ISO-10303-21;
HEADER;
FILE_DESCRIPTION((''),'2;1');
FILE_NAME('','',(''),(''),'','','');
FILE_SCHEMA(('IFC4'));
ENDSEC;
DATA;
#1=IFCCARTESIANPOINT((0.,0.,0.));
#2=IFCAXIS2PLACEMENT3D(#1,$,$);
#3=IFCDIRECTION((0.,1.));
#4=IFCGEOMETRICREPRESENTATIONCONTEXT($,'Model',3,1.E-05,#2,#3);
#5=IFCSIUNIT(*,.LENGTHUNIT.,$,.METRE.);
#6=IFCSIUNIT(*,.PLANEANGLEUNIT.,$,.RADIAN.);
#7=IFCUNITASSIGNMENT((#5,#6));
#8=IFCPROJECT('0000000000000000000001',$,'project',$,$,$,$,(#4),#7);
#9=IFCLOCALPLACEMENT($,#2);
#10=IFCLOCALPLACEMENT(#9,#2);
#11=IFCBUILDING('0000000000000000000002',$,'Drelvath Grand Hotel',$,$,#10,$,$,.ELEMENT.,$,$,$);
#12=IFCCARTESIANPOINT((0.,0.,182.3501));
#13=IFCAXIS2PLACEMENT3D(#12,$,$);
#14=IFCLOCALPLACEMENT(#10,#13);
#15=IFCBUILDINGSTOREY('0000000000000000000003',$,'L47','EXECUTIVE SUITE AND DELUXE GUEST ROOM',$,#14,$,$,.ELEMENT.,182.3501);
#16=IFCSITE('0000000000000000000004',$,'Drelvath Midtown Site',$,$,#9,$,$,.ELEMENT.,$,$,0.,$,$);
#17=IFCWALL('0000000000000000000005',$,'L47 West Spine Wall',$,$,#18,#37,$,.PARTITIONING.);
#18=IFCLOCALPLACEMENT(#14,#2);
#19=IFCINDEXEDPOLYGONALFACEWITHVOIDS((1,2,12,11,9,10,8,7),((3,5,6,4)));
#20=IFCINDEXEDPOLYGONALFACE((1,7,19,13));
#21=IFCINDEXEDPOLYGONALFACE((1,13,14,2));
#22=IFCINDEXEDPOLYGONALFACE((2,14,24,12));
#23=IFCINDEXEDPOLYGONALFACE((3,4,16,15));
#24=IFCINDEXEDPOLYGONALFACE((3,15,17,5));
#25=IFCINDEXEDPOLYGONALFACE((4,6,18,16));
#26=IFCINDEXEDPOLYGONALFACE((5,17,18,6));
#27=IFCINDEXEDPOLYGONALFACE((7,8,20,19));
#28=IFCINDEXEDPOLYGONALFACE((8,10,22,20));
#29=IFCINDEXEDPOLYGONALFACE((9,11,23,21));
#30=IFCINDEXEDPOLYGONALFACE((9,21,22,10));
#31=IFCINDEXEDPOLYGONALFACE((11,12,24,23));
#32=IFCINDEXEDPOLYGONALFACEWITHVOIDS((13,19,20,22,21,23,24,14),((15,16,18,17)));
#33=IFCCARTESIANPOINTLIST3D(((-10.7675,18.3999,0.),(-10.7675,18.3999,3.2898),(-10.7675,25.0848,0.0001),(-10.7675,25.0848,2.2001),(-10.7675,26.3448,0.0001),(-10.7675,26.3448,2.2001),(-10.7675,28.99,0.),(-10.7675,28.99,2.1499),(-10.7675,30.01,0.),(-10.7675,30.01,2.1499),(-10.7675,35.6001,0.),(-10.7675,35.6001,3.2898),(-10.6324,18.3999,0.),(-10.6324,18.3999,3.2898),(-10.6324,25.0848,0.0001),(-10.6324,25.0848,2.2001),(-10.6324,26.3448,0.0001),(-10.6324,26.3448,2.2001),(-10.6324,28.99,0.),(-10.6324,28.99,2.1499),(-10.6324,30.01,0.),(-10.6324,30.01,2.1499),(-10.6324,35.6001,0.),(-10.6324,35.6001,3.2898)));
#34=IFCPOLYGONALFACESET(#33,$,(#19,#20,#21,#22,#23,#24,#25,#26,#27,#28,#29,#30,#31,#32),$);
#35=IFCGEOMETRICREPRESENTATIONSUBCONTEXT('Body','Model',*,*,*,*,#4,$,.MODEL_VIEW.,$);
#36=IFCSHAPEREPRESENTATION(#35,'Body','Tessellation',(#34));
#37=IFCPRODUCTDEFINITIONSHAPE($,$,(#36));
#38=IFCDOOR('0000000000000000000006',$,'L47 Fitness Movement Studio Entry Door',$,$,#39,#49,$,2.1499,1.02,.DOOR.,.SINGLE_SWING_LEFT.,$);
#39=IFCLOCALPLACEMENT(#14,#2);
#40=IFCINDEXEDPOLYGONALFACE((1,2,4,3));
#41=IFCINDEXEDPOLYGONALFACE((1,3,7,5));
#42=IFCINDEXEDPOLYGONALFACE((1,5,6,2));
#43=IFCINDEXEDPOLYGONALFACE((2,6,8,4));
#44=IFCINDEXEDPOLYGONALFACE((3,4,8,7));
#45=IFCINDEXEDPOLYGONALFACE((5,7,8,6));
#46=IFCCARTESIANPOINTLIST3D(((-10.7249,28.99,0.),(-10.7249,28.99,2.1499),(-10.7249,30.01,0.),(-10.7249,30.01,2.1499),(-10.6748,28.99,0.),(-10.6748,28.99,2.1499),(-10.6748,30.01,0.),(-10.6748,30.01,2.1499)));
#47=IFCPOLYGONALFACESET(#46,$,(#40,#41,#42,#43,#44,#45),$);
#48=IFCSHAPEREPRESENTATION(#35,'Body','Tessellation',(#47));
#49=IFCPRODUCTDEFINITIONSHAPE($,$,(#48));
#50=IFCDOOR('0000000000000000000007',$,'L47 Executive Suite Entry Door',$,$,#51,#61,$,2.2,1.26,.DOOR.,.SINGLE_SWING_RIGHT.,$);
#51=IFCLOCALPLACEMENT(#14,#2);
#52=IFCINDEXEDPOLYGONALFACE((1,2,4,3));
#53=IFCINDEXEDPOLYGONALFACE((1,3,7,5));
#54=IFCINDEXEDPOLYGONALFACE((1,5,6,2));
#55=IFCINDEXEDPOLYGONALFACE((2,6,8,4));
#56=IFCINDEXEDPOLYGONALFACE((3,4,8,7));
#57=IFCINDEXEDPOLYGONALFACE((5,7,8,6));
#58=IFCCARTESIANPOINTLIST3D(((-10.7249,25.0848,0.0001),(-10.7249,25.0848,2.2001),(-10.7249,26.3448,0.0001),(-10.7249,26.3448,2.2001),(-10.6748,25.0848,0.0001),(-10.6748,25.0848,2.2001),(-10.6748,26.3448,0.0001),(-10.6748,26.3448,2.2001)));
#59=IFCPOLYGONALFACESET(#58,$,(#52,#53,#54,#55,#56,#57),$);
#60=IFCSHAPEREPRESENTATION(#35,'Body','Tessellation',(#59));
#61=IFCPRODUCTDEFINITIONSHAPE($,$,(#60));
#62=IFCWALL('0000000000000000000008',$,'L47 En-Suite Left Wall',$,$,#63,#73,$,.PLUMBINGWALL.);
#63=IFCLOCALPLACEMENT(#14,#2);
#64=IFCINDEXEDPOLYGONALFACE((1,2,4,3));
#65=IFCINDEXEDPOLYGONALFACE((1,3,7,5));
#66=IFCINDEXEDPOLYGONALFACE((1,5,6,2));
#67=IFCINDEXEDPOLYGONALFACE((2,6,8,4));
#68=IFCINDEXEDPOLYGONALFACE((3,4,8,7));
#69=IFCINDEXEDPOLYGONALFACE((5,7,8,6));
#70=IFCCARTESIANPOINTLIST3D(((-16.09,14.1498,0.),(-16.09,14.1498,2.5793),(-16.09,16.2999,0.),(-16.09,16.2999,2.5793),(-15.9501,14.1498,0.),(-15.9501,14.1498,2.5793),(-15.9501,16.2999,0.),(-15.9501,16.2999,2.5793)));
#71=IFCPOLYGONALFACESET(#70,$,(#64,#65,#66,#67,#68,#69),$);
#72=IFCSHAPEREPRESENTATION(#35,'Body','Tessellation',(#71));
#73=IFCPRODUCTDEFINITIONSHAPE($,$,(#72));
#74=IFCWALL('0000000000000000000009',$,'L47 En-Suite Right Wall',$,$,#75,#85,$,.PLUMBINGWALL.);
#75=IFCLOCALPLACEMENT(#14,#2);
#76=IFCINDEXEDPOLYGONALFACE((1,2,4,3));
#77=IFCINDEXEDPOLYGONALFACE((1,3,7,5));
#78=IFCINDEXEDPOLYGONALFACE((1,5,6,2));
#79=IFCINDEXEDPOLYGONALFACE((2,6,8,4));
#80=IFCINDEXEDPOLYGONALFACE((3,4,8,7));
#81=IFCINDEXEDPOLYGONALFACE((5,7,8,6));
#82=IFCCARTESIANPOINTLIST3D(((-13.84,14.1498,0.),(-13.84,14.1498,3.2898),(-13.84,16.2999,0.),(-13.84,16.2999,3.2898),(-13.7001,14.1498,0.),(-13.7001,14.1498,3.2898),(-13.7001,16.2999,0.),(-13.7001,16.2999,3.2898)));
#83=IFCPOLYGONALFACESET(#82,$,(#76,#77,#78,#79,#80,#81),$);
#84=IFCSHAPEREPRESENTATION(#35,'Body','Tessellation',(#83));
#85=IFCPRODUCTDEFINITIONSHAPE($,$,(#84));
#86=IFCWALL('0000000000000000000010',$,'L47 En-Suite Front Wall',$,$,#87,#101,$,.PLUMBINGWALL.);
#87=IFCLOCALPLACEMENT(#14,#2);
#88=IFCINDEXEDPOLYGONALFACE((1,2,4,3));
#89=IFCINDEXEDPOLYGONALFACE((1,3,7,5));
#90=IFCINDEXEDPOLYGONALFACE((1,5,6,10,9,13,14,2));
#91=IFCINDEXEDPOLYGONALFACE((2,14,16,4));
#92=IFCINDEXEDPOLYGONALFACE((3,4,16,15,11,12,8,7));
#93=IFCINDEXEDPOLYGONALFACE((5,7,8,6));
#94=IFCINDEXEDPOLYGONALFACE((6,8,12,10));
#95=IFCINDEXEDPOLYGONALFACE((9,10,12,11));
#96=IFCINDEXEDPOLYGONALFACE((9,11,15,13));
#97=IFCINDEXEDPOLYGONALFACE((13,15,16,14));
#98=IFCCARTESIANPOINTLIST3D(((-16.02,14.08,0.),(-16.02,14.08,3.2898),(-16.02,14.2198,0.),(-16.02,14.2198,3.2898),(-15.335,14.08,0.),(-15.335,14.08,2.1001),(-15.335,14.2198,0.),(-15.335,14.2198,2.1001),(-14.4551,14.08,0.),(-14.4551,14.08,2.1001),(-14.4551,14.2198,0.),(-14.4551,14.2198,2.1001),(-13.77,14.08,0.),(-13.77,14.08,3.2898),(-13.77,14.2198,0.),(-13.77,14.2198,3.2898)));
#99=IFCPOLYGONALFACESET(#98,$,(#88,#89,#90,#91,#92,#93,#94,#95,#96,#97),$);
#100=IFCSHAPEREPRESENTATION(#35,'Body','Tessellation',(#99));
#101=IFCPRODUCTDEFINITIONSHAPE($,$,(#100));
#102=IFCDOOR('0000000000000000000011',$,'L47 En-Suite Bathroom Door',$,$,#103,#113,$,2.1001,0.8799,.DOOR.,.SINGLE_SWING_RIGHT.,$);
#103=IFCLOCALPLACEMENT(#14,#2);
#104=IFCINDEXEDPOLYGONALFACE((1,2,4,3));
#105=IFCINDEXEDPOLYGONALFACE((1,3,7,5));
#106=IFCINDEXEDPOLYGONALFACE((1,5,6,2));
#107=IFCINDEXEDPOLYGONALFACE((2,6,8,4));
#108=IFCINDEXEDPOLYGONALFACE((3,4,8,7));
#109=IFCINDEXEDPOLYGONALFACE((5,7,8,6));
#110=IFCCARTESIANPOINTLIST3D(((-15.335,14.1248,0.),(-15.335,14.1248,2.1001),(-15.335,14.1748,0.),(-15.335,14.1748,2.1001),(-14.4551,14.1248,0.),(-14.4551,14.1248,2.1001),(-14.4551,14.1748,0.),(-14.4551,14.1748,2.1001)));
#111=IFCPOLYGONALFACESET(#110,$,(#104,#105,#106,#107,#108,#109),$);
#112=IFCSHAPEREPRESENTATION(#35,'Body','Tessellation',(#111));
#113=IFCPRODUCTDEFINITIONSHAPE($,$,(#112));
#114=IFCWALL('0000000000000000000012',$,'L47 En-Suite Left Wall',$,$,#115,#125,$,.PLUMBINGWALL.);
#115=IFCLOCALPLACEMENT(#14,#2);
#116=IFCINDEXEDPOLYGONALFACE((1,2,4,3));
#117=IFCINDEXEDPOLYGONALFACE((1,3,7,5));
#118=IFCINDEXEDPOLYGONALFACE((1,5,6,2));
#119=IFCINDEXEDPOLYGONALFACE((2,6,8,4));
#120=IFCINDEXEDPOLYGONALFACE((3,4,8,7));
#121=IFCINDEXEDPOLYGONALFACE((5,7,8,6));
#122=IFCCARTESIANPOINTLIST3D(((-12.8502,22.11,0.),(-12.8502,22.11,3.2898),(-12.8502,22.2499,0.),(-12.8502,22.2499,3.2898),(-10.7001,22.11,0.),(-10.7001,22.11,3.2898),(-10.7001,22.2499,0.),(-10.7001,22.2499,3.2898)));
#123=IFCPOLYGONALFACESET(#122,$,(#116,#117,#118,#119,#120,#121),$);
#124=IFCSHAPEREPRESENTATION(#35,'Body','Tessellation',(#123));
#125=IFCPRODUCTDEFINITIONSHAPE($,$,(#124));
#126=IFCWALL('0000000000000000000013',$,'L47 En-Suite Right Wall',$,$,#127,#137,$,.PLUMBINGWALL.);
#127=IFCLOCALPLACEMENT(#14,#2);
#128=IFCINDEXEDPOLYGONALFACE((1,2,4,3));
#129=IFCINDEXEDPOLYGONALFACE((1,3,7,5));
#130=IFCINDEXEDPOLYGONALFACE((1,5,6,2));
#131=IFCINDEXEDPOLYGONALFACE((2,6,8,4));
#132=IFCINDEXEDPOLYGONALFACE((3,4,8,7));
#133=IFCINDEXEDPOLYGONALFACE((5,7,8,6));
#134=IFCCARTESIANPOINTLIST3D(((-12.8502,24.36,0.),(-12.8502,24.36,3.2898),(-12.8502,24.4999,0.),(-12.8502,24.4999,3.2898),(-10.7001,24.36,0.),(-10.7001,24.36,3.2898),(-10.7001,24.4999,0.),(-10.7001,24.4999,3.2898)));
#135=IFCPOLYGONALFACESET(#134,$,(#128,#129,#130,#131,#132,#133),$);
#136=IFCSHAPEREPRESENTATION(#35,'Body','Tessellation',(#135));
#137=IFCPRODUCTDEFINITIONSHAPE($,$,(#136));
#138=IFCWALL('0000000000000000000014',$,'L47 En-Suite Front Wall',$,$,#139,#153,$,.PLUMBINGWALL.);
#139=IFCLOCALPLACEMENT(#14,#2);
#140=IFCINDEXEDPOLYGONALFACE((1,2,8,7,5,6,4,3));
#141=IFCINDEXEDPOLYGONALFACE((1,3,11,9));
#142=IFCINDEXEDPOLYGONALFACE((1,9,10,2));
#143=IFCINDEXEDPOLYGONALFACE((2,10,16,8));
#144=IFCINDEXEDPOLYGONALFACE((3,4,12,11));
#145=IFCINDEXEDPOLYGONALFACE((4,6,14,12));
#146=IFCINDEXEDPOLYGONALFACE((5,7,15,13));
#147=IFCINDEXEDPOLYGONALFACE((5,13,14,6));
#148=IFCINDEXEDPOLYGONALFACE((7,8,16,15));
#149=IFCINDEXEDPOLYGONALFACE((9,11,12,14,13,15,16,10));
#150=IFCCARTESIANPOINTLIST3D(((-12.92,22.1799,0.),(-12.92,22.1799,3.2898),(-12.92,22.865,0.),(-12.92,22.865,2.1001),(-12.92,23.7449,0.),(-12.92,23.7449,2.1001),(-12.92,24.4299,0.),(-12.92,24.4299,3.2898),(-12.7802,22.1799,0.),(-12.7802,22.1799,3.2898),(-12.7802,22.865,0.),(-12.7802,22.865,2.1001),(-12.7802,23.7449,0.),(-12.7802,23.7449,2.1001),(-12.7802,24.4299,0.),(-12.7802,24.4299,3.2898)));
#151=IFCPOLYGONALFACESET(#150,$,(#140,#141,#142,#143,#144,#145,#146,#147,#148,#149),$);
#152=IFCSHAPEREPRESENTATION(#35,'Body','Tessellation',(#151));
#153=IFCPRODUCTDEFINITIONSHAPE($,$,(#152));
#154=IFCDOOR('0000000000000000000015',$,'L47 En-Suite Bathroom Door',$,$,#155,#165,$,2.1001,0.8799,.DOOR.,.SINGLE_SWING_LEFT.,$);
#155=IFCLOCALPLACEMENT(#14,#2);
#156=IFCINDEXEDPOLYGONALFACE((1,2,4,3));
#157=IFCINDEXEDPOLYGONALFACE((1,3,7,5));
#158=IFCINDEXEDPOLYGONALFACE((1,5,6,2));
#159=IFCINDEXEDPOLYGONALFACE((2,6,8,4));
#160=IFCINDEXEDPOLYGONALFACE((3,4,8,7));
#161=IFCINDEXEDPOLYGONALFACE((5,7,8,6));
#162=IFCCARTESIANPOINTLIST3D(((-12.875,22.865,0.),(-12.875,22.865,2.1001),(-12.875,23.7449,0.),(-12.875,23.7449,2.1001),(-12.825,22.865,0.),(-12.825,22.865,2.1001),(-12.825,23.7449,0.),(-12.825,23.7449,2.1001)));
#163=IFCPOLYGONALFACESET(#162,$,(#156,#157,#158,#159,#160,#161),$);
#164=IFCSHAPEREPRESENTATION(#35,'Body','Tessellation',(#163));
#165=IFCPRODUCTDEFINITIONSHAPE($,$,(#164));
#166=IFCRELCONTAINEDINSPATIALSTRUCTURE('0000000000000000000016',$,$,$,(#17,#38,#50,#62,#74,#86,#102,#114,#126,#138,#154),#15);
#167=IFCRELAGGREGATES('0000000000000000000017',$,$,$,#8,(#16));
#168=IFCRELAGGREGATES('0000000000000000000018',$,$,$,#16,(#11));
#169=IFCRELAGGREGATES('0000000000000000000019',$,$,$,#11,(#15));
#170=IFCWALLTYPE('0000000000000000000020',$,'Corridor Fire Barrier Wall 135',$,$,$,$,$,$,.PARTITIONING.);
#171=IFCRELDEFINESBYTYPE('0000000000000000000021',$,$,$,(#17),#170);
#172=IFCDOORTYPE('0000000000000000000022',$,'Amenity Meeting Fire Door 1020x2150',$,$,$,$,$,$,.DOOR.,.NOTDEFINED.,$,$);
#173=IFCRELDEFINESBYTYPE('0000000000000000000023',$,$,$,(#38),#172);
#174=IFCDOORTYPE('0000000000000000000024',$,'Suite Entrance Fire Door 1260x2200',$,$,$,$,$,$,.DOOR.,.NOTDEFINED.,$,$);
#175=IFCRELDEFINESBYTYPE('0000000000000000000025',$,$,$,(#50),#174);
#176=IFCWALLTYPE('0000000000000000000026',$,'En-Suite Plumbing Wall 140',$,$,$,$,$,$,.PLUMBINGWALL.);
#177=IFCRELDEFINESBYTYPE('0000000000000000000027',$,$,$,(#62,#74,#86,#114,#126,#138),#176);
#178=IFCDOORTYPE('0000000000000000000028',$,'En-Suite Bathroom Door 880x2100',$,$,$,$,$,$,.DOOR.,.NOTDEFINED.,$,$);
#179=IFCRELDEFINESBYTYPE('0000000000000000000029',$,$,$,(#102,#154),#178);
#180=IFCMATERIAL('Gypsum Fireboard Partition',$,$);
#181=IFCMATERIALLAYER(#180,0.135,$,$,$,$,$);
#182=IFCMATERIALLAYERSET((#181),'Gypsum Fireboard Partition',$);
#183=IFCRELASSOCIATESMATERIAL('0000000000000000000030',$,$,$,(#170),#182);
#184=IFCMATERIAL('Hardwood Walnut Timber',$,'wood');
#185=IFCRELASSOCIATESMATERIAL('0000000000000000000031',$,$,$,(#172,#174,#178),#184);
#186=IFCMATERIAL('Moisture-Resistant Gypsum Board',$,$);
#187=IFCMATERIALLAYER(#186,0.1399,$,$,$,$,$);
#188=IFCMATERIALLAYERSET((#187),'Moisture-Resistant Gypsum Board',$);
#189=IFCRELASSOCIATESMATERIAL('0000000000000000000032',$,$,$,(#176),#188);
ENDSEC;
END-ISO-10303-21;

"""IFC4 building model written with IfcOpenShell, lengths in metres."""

from ifc_helpers import new_model, si_unit, direction, frame, frame_2d, origin, place, context, subcontext, project, spatial, rectangle, extrude, material, layer, layer_set, type_object, element, fill, save


model = new_model("IFC4")

# Units and contexts
model_context = context("Model", 3, precision=1e-05, world=origin(), true_north=direction((0.0, 1.0)))
body_context = subcontext(model_context, "Body", "Model", "MODEL_VIEW")
ifc_project = project(units=[si_unit("LENGTHUNIT", "METRE"), si_unit("PLANEANGLEUNIT", "RADIAN")], contexts=[model_context])

# Site, building, storey
site_placement = place(None, origin())
site = spatial("IfcSite", under=ifc_project, at=site_placement, Name="Drelvath Midtown Site", CompositionType="ELEMENT", RefElevation=0.0)
building_placement = place(site_placement, origin())
building = spatial("IfcBuilding", under=site, at=building_placement, Name="Drelvath Grand Hotel", CompositionType="ELEMENT")
storey_placement = place(building_placement, frame((0.0, 0.0, 182.3501)))
storey = spatial("IfcBuildingStorey", under=building, at=storey_placement, Name="L47", Description="EXECUTIVE SUITE AND DELUXE GUEST ROOM", CompositionType="ELEMENT", Elevation=182.3501)

# Shared definitions
ifc_material_1 = material(Name="Gypsum Fireboard Partition")
ifc_layer_1 = layer(ifc_material_1, 0.135)
ifc_layer_set_1 = layer_set([ifc_layer_1], Name="Gypsum Fireboard Partition")
wall_type_1 = type_object("IfcWallType", Name="Corridor Fire Barrier Wall 135", PredefinedType="PARTITIONING", material=ifc_layer_set_1)

# Wall, openings, doors
wall_1_placement = place(storey_placement, frame((-10.7, 18.3999, 0.0), z_axis=(0.0, 0.0, 1.0), x_axis=(0.0, 1.0, 0.0)))
wall_1 = element("IfcWall", 1, at=wall_1_placement, inside=storey, type_object=wall_type_1, Name="L47 West Spine Wall", PredefinedType="PARTITIONING", context=body_context, shape_type="SweptSolid", body=[
    extrude(rectangle(XDim=17.2002, YDim=0.135, at=frame_2d((8.6001, 0.0))), origin(), (0.0, 0.0, 1.0), 3.2898),
])
opening_1_placement = place(wall_1_placement, frame((6.6851, 0.0, 0.0)))
opening_1 = element("IfcOpeningElement", 2, at=opening_1_placement, cuts=wall_1, PredefinedType="OPENING", context=body_context, shape_type="SweptSolid", body=[
    extrude(rectangle(XDim=1.26, YDim=2.2, at=frame_2d((0.6299, 1.1001))), frame((0.0, 0.0774, 0.0), z_axis=(0.0, -1.0, 0.0), x_axis=(1.0, 0.0, 0.0)), (0.0, 0.0, 1.0), 0.155),
])
opening_2_placement = place(wall_1_placement, frame((10.5901, 0.0, 0.0)))
opening_2 = element("IfcOpeningElement", 3, at=opening_2_placement, cuts=wall_1, PredefinedType="OPENING", context=body_context, shape_type="SweptSolid", body=[
    extrude(rectangle(XDim=1.02, YDim=2.1499, at=frame_2d((0.51, 1.075))), frame((0.0, 0.0774, 0.0), z_axis=(0.0, -1.0, 0.0), x_axis=(1.0, 0.0, 0.0)), (0.0, 0.0, 1.0), 0.155),
])
ifc_material_2 = material(Name="Hardwood Walnut Timber", Category="wood")
door_type_1 = type_object("IfcDoorType", Name="Amenity Meeting Fire Door 1020x2150", OperationType="NOTDEFINED", PredefinedType="DOOR", material=ifc_material_2)
door_1_placement = place(opening_2_placement, origin())
door_1 = element("IfcDoor", 4, at=door_1_placement, inside=storey, type_object=door_type_1, Name="L47 Fitness Movement Studio Entry Door", OperationType="SINGLE_SWING_LEFT", OverallHeight=2.1499, OverallWidth=1.02, PredefinedType="DOOR", context=body_context, shape_type="SweptSolid", body=[
    extrude(rectangle(XDim=1.02, YDim=2.1499, at=frame_2d((0.51, 1.075))), frame((0.0, 0.0249, 0.0), z_axis=(0.0, -1.0, 0.0), x_axis=(1.0, 0.0, 0.0)), (0.0, 0.0, 1.0), 0.05),
])
fill(opening_2, door_1)
door_type_2 = type_object("IfcDoorType", Name="Suite Entrance Fire Door 1260x2200", OperationType="NOTDEFINED", PredefinedType="DOOR", material=ifc_material_2)
door_2_placement = place(opening_1_placement, origin())
door_2 = element("IfcDoor", 5, at=door_2_placement, inside=storey, type_object=door_type_2, Name="L47 Executive Suite Entry Door", OperationType="SINGLE_SWING_RIGHT", OverallHeight=2.2, OverallWidth=1.26, PredefinedType="DOOR", context=body_context, shape_type="SweptSolid", body=[
    extrude(rectangle(XDim=1.26, YDim=2.2, at=frame_2d((0.6299, 1.1001))), frame((0.0, 0.0249, 0.0), z_axis=(0.0, -1.0, 0.0), x_axis=(1.0, 0.0, 0.0)), (0.0, 0.0, 1.0), 0.05),
])
fill(opening_1, door_2)

# Walls
ifc_material_3 = material(Name="Moisture-Resistant Gypsum Board")
ifc_layer_2 = layer(ifc_material_3, 0.1399)
ifc_layer_set_2 = layer_set([ifc_layer_2], Name="Moisture-Resistant Gypsum Board")
wall_type_2 = type_object("IfcWallType", Name="En-Suite Plumbing Wall 140", PredefinedType="PLUMBINGWALL", material=ifc_layer_set_2)
wall_2_placement = place(storey_placement, frame((-16.02, 16.3, 0.0), z_axis=(0.0, 0.0, 1.0), x_axis=(0.0, -1.0, 0.0)))
element("IfcWall", 6, at=wall_2_placement, inside=storey, type_object=wall_type_2, Name="L47 En-Suite Left Wall", PredefinedType="PLUMBINGWALL", context=body_context, shape_type="SweptSolid", body=[
    extrude(rectangle(XDim=2.1501, YDim=0.1399, at=frame_2d((1.0752, 0.0))), origin(), (0.0, 0.0, 1.0), 2.5793),
])
wall_3_placement = place(storey_placement, frame((-13.77, 16.3, 0.0), z_axis=(0.0, 0.0, 1.0), x_axis=(0.0, -1.0, 0.0)))
element("IfcWall", 7, at=wall_3_placement, inside=storey, type_object=wall_type_2, Name="L47 En-Suite Right Wall", PredefinedType="PLUMBINGWALL", context=body_context, shape_type="SweptSolid", body=[
    extrude(rectangle(XDim=2.1501, YDim=0.1399, at=frame_2d((1.0752, 0.0))), origin(), (0.0, 0.0, 1.0), 3.2898),
])

# Wall, opening, door
wall_4_placement = place(storey_placement, frame((-16.02, 14.1499, 0.0), z_axis=(0.0, 0.0, 1.0), x_axis=(1.0, 0.0, 0.0)))
wall_4 = element("IfcWall", 8, at=wall_4_placement, inside=storey, type_object=wall_type_2, Name="L47 En-Suite Front Wall", PredefinedType="PLUMBINGWALL", context=body_context, shape_type="SweptSolid", body=[
    extrude(rectangle(XDim=2.25, YDim=0.1399, at=frame_2d((1.125, 0.0))), origin(), (0.0, 0.0, 1.0), 3.2898),
])
opening_3_placement = place(wall_4_placement, frame((0.6851, 0.0, 0.0)))
opening_3 = element("IfcOpeningElement", 9, at=opening_3_placement, cuts=wall_4, PredefinedType="OPENING", context=body_context, shape_type="SweptSolid", body=[
    extrude(rectangle(XDim=0.8799, YDim=2.1001, at=frame_2d((0.4399, 1.05))), frame((0.0, 0.0798, 0.0), z_axis=(0.0, -1.0, 0.0), x_axis=(1.0, 0.0, 0.0)), (0.0, 0.0, 1.0), 0.1599),
])
door_type_3 = type_object("IfcDoorType", Name="En-Suite Bathroom Door 880x2100", OperationType="NOTDEFINED", PredefinedType="DOOR", material=ifc_material_2)
door_3_placement = place(opening_3_placement, origin())
door_3 = element("IfcDoor", 10, at=door_3_placement, inside=storey, type_object=door_type_3, Name="L47 En-Suite Bathroom Door", OperationType="SINGLE_SWING_RIGHT", OverallHeight=2.1001, OverallWidth=0.8799, PredefinedType="DOOR", context=body_context, shape_type="SweptSolid", body=[
    extrude(rectangle(XDim=0.8799, YDim=2.1001, at=frame_2d((0.4399, 1.05))), frame((0.0, 0.0249, 0.0), z_axis=(0.0, -1.0, 0.0), x_axis=(1.0, 0.0, 0.0)), (0.0, 0.0, 1.0), 0.05),
])
fill(opening_3, door_3)

# Walls
for number, where, z_axis, x_axis, name in (
    (11, (-10.7, 22.1799, 0.0), (0.0, 0.0, 1.0), (-1.0, 0.0, 0.0), "L47 En-Suite Left Wall"),
    (12, (-10.7, 24.4299, 0.0), (0.0, 0.0, 1.0), (-1.0, 0.0, 0.0), "L47 En-Suite Right Wall"),
):
    element("IfcWall", number, at=place(storey_placement, frame(where, z_axis=z_axis, x_axis=x_axis)), inside=storey, type_object=wall_type_2, Name=name, PredefinedType="PLUMBINGWALL", context=body_context, shape_type="SweptSolid", body=[
        extrude(rectangle(XDim=2.1501, YDim=0.1399, at=frame_2d((1.0752, 0.0))), origin(), (0.0, 0.0, 1.0), 3.2898),
    ])

# Wall, opening, door
wall_5_placement = place(storey_placement, frame((-12.8501, 22.1799, 0.0), z_axis=(0.0, 0.0, 1.0), x_axis=(0.0, 1.0, 0.0)))
wall_5 = element("IfcWall", 13, at=wall_5_placement, inside=storey, type_object=wall_type_2, Name="L47 En-Suite Front Wall", PredefinedType="PLUMBINGWALL", context=body_context, shape_type="SweptSolid", body=[
    extrude(rectangle(XDim=2.25, YDim=0.1399, at=frame_2d((1.125, 0.0))), origin(), (0.0, 0.0, 1.0), 3.2898),
])
opening_4_placement = place(wall_5_placement, frame((0.6851, 0.0, 0.0)))
opening_4 = element("IfcOpeningElement", 14, at=opening_4_placement, cuts=wall_5, PredefinedType="OPENING", context=body_context, shape_type="SweptSolid", body=[
    extrude(rectangle(XDim=0.8799, YDim=2.1001, at=frame_2d((0.4399, 1.05))), frame((0.0, 0.0798, 0.0), z_axis=(0.0, -1.0, 0.0), x_axis=(1.0, 0.0, 0.0)), (0.0, 0.0, 1.0), 0.1599),
])
door_4_placement = place(opening_4_placement, origin())
door_4 = element("IfcDoor", 15, at=door_4_placement, inside=storey, type_object=door_type_3, Name="L47 En-Suite Bathroom Door", OperationType="SINGLE_SWING_LEFT", OverallHeight=2.1001, OverallWidth=0.8799, PredefinedType="DOOR", context=body_context, shape_type="SweptSolid", body=[
    extrude(rectangle(XDim=0.8799, YDim=2.1001, at=frame_2d((0.4399, 1.05))), frame((0.0, 0.0249, 0.0), z_axis=(0.0, -1.0, 0.0), x_axis=(1.0, 0.0, 0.0)), (0.0, 0.0, 1.0), 0.05),
])
fill(opening_4, door_4)

save(model, "model.ifc")
